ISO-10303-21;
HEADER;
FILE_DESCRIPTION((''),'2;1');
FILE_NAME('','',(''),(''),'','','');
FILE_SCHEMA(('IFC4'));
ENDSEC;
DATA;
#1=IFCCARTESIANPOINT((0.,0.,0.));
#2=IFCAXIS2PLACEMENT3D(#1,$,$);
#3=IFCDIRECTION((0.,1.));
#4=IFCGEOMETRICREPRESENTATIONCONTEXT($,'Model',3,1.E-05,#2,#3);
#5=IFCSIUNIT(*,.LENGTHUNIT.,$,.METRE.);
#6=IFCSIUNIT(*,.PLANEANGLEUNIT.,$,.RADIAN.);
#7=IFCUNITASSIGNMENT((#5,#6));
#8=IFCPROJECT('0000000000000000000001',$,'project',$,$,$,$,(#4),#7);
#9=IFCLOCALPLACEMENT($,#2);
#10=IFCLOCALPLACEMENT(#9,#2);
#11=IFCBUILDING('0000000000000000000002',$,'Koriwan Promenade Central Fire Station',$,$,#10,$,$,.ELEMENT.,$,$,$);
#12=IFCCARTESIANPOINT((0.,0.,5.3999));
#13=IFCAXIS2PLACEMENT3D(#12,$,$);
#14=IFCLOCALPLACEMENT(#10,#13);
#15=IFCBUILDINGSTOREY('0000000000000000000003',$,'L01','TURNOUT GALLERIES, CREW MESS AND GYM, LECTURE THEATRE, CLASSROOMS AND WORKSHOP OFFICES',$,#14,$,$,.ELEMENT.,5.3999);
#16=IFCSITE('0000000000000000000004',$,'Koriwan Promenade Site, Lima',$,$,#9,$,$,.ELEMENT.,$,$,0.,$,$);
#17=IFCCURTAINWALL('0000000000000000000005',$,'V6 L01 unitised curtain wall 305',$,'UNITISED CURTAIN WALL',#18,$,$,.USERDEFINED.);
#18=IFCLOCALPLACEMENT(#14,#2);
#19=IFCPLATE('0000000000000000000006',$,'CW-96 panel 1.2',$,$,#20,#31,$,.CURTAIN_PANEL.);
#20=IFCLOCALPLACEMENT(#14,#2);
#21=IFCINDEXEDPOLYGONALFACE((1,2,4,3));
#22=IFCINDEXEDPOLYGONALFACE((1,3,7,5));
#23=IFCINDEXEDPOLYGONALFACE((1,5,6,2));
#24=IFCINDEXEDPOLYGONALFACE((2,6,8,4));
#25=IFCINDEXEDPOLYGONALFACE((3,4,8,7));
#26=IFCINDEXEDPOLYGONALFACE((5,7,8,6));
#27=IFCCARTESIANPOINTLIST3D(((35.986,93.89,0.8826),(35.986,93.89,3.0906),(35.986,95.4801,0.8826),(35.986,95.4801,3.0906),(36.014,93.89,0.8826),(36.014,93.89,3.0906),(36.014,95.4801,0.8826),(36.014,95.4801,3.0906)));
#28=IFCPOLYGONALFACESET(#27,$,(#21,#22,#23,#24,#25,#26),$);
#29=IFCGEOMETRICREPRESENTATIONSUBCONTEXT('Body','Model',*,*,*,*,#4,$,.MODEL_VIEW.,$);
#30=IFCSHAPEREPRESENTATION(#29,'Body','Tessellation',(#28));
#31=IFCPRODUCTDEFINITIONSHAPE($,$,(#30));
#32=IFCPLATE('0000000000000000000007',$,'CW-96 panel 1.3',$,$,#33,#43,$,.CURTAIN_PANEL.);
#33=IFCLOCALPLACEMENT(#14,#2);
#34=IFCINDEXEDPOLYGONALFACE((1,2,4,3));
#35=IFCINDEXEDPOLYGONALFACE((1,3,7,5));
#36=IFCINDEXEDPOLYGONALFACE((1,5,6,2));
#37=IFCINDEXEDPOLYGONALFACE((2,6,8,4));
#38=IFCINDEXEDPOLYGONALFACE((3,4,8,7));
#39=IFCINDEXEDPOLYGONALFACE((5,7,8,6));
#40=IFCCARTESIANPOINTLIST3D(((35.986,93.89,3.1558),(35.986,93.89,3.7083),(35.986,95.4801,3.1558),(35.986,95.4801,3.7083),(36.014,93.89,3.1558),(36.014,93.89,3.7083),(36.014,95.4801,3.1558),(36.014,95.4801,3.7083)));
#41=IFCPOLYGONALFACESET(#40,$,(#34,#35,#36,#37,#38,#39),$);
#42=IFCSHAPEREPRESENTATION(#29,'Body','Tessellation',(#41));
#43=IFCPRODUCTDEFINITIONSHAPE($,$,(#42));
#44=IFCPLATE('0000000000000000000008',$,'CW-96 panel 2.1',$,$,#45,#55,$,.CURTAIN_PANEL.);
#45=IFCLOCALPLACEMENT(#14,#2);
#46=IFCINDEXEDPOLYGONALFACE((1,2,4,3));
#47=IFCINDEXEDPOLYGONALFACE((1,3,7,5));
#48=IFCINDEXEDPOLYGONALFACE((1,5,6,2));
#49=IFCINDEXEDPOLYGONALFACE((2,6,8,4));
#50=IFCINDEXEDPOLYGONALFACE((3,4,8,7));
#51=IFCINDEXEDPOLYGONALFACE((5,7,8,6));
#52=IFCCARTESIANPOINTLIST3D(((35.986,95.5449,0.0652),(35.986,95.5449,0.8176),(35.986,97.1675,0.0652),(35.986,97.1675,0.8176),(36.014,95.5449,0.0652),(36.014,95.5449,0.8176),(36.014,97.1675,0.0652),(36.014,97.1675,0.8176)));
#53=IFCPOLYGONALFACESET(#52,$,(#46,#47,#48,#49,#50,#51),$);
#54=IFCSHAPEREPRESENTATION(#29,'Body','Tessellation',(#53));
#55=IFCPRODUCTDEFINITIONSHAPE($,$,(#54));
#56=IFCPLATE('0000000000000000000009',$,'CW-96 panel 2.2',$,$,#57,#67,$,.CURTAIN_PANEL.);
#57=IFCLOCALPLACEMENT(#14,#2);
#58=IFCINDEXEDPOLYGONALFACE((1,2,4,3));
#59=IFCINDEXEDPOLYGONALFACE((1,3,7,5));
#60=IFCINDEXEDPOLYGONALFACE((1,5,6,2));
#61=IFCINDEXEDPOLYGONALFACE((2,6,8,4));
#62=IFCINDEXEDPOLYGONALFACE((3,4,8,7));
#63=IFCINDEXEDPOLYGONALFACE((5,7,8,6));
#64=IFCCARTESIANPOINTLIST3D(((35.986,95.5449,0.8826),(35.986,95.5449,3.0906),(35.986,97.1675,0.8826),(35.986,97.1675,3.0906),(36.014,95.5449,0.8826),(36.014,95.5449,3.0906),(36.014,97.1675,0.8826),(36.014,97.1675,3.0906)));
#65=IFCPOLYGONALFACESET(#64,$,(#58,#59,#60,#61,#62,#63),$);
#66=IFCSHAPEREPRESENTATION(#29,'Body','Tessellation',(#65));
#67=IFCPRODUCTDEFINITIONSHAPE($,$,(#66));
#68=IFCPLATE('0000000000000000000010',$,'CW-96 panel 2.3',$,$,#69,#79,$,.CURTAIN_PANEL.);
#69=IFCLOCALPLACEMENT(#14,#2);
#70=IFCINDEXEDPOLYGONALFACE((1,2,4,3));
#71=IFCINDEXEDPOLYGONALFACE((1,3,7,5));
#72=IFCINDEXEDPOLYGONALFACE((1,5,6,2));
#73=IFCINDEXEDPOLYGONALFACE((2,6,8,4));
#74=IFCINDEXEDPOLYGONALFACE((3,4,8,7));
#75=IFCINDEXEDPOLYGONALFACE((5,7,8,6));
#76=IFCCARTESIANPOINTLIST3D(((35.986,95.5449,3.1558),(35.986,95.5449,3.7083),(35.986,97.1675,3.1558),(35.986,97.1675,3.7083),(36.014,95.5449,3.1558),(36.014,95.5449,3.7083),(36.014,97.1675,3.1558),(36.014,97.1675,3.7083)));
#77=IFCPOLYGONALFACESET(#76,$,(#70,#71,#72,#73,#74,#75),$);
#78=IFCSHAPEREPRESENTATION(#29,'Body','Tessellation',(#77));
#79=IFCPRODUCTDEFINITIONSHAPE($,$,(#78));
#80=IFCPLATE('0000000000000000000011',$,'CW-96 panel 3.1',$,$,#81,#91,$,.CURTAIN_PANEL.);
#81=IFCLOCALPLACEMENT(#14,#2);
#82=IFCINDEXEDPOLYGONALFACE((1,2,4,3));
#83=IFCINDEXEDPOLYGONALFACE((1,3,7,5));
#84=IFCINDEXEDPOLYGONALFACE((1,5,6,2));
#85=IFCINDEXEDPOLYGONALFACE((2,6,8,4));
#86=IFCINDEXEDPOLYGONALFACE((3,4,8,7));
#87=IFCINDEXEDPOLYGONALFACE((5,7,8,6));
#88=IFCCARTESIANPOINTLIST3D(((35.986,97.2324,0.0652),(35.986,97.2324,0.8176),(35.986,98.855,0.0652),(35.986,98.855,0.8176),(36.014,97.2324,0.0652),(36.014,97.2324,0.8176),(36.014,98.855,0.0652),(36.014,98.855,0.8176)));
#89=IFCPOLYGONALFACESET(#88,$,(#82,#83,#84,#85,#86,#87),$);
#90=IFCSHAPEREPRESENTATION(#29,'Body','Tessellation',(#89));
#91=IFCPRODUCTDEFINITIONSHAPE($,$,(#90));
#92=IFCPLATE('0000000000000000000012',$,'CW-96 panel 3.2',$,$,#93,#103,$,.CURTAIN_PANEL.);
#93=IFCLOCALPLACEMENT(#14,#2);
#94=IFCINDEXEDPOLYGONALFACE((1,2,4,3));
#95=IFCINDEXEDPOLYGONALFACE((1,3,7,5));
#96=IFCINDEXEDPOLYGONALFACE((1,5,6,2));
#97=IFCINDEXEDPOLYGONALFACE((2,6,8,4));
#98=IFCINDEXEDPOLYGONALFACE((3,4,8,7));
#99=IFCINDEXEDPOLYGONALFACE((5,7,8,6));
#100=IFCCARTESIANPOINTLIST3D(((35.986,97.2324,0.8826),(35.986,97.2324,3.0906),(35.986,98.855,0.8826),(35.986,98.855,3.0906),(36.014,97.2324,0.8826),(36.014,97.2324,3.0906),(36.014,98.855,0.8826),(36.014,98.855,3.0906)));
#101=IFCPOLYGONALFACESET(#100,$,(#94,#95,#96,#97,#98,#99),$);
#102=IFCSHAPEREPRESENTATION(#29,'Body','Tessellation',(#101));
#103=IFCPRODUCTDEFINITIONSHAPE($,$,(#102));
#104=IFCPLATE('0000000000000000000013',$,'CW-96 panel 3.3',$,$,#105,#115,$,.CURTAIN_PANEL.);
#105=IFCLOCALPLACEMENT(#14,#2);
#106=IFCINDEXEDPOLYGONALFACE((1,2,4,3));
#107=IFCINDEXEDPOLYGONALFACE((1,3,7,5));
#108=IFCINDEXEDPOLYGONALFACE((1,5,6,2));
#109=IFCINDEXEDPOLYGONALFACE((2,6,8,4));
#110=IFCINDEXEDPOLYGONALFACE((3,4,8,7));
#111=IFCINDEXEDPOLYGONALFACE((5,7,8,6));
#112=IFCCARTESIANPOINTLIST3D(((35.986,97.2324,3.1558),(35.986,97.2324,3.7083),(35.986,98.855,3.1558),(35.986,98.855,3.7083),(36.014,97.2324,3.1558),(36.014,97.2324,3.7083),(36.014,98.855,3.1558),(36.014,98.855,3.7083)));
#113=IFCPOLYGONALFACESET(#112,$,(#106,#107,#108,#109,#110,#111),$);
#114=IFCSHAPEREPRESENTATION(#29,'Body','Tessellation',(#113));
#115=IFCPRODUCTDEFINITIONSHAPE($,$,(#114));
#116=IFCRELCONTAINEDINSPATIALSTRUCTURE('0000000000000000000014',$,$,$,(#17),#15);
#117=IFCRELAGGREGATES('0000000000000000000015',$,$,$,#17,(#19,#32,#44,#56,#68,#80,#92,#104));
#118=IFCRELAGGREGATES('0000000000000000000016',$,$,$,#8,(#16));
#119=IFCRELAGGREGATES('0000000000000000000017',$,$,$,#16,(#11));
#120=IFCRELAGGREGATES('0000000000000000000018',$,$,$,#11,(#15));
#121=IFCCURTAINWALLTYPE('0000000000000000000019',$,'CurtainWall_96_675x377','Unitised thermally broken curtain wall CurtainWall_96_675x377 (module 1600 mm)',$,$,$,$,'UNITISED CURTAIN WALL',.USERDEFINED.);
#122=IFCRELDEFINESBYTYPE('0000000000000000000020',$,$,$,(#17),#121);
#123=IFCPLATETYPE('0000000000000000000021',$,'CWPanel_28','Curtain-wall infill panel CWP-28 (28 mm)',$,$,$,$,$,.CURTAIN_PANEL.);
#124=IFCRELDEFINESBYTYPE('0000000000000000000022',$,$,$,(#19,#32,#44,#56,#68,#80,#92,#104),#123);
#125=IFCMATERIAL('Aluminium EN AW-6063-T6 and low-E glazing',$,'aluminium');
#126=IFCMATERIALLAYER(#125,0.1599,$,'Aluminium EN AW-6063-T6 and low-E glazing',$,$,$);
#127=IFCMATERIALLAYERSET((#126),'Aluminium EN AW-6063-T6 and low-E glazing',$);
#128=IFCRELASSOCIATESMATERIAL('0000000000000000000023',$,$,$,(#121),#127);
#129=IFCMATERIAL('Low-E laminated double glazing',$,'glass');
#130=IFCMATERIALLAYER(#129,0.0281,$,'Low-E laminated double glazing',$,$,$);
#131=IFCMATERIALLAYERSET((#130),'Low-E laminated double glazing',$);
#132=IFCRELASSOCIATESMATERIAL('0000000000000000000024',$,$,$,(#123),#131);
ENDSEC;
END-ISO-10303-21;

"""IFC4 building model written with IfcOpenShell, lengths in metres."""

from ifc_helpers import new_model, si_unit, direction, frame, origin, origin_2d, place, context, subcontext, project, spatial, rectangle, extrude, material, layer, layer_set, type_object, element, aggregate, save


model = new_model("IFC4")

# Units and contexts
model_context = context("Model", 3, precision=1e-05, world=origin(), true_north=direction((0.0, 1.0)))
body_context = subcontext(model_context, "Body", "Model", "MODEL_VIEW")
ifc_project = project(units=[si_unit("LENGTHUNIT", "METRE"), si_unit("PLANEANGLEUNIT", "RADIAN")], contexts=[model_context])

# Site, building, storey
site_placement = place(None, origin())
site = spatial("IfcSite", under=ifc_project, at=site_placement, Name="Koriwan Promenade Site, Lima", CompositionType="ELEMENT", RefElevation=0.0)
building_placement = place(site_placement, origin())
building = spatial("IfcBuilding", under=site, at=building_placement, Name="Koriwan Promenade Central Fire Station", CompositionType="ELEMENT")
storey_placement = place(building_placement, frame((0.0, 0.0, 5.3999)))
storey = spatial("IfcBuildingStorey", under=building, at=storey_placement, Name="L01", Description="TURNOUT GALLERIES, CREW MESS AND GYM, LECTURE THEATRE, CLASSROOMS AND WORKSHOP OFFICES", CompositionType="ELEMENT", Elevation=5.3999)

# Shared definitions
ifc_material_1 = material(Name="Aluminium EN AW-6063-T6 and low-E glazing", Category="aluminium")

# Curtain wall
ifc_layer_1 = layer(ifc_material_1, 0.1599, Name="Aluminium EN AW-6063-T6 and low-E glazing")
ifc_layer_set_1 = layer_set([ifc_layer_1], Name="Aluminium EN AW-6063-T6 and low-E glazing")
curtain_wall_type_1 = type_object("IfcCurtainWallType", Name="CurtainWall_96_675x377", Description="Unitised thermally broken curtain wall CurtainWall_96_675x377 (module 1600 mm)", ElementType="UNITISED CURTAIN WALL", PredefinedType="USERDEFINED", material=ifc_layer_set_1)
curtain_wall_1_placement = place(storey_placement, origin())
curtain_wall_1 = element("IfcCurtainWall", 1, at=curtain_wall_1_placement, inside=storey, type_object=curtain_wall_type_1, Name="V6 L01 unitised curtain wall 305", ObjectType="UNITISED CURTAIN WALL", PredefinedType="USERDEFINED")

# Plates
ifc_material_2 = material(Name="Low-E laminated double glazing", Category="glass")
ifc_layer_2 = layer(ifc_material_2, 0.0281, Name="Low-E laminated double glazing")
ifc_layer_set_2 = layer_set([ifc_layer_2], Name="Low-E laminated double glazing")
plate_type = type_object("IfcPlateType", Name="CWPanel_28", Description="Curtain-wall infill panel CWP-28 (28 mm)", PredefinedType="CURTAIN_PANEL", material=ifc_layer_set_2)
plate_1_placement = place(storey_placement, frame((36.0, 94.6851, 0.8826), z_axis=(0.0, 0.0, 1.0), x_axis=(0.0, 1.0, 0.0)))
plate_1 = element("IfcPlate", 2, at=plate_1_placement, type_object=plate_type, Name="CW-96 panel 1.2", PredefinedType="CURTAIN_PANEL", context=body_context, shape_type="SweptSolid", body=[
    extrude(rectangle(XDim=1.5901, YDim=0.0281, at=origin_2d()), origin(), (0.0, 0.0, 1.0), 2.208),
])
plate_2_placement = place(storey_placement, frame((36.0, 94.6851, 3.1558), z_axis=(0.0, 0.0, 1.0), x_axis=(0.0, 1.0, 0.0)))
plate_2 = element("IfcPlate", 3, at=plate_2_placement, type_object=plate_type, Name="CW-96 panel 1.3", PredefinedType="CURTAIN_PANEL", context=body_context, shape_type="SweptSolid", body=[
    extrude(rectangle(XDim=1.5901, YDim=0.0281, at=origin_2d()), origin(), (0.0, 0.0, 1.0), 0.5525),
])
plate_3_placement = place(storey_placement, frame((36.0, 96.3562, 0.0652), z_axis=(0.0, 0.0, 1.0), x_axis=(0.0, 1.0, 0.0)))
plate_3 = element("IfcPlate", 4, at=plate_3_placement, type_object=plate_type, Name="CW-96 panel 2.1", PredefinedType="CURTAIN_PANEL", context=body_context, shape_type="SweptSolid", body=[
    extrude(rectangle(XDim=1.6226, YDim=0.0281, at=origin_2d()), origin(), (0.0, 0.0, 1.0), 0.7524),
])
plate_4_placement = place(storey_placement, frame((36.0, 96.3562, 0.8826), z_axis=(0.0, 0.0, 1.0), x_axis=(0.0, 1.0, 0.0)))
plate_4 = element("IfcPlate", 5, at=plate_4_placement, type_object=plate_type, Name="CW-96 panel 2.2", PredefinedType="CURTAIN_PANEL", context=body_context, shape_type="SweptSolid", body=[
    extrude(rectangle(XDim=1.6226, YDim=0.0281, at=origin_2d()), origin(), (0.0, 0.0, 1.0), 2.208),
])
plate_5_placement = place(storey_placement, frame((36.0, 96.3562, 3.1558), z_axis=(0.0, 0.0, 1.0), x_axis=(0.0, 1.0, 0.0)))
plate_5 = element("IfcPlate", 6, at=plate_5_placement, type_object=plate_type, Name="CW-96 panel 2.3", PredefinedType="CURTAIN_PANEL", context=body_context, shape_type="SweptSolid", body=[
    extrude(rectangle(XDim=1.6226, YDim=0.0281, at=origin_2d()), origin(), (0.0, 0.0, 1.0), 0.5525),
])
plate_6_placement = place(storey_placement, frame((36.0, 98.0437, 0.0652), z_axis=(0.0, 0.0, 1.0), x_axis=(0.0, 1.0, 0.0)))
plate_6 = element("IfcPlate", 7, at=plate_6_placement, type_object=plate_type, Name="CW-96 panel 3.1", PredefinedType="CURTAIN_PANEL", context=body_context, shape_type="SweptSolid", body=[
    extrude(rectangle(XDim=1.6226, YDim=0.0281, at=origin_2d()), origin(), (0.0, 0.0, 1.0), 0.7524),
])
plate_7_placement = place(storey_placement, frame((36.0, 98.0437, 0.8826), z_axis=(0.0, 0.0, 1.0), x_axis=(0.0, 1.0, 0.0)))
plate_7 = element("IfcPlate", 8, at=plate_7_placement, type_object=plate_type, Name="CW-96 panel 3.2", PredefinedType="CURTAIN_PANEL", context=body_context, shape_type="SweptSolid", body=[
    extrude(rectangle(XDim=1.6226, YDim=0.0281, at=origin_2d()), origin(), (0.0, 0.0, 1.0), 2.208),
])
plate_8_placement = place(storey_placement, frame((36.0, 98.0437, 3.1558), z_axis=(0.0, 0.0, 1.0), x_axis=(0.0, 1.0, 0.0)))
plate_8 = element("IfcPlate", 9, at=plate_8_placement, type_object=plate_type, Name="CW-96 panel 3.3", PredefinedType="CURTAIN_PANEL", context=body_context, shape_type="SweptSolid", body=[
    extrude(rectangle(XDim=1.6226, YDim=0.0281, at=origin_2d()), origin(), (0.0, 0.0, 1.0), 0.5525),
])
aggregate(curtain_wall_1, [plate_1, plate_2, plate_3, plate_4, plate_5, plate_6, plate_7, plate_8])

save(model, "model.ifc")
